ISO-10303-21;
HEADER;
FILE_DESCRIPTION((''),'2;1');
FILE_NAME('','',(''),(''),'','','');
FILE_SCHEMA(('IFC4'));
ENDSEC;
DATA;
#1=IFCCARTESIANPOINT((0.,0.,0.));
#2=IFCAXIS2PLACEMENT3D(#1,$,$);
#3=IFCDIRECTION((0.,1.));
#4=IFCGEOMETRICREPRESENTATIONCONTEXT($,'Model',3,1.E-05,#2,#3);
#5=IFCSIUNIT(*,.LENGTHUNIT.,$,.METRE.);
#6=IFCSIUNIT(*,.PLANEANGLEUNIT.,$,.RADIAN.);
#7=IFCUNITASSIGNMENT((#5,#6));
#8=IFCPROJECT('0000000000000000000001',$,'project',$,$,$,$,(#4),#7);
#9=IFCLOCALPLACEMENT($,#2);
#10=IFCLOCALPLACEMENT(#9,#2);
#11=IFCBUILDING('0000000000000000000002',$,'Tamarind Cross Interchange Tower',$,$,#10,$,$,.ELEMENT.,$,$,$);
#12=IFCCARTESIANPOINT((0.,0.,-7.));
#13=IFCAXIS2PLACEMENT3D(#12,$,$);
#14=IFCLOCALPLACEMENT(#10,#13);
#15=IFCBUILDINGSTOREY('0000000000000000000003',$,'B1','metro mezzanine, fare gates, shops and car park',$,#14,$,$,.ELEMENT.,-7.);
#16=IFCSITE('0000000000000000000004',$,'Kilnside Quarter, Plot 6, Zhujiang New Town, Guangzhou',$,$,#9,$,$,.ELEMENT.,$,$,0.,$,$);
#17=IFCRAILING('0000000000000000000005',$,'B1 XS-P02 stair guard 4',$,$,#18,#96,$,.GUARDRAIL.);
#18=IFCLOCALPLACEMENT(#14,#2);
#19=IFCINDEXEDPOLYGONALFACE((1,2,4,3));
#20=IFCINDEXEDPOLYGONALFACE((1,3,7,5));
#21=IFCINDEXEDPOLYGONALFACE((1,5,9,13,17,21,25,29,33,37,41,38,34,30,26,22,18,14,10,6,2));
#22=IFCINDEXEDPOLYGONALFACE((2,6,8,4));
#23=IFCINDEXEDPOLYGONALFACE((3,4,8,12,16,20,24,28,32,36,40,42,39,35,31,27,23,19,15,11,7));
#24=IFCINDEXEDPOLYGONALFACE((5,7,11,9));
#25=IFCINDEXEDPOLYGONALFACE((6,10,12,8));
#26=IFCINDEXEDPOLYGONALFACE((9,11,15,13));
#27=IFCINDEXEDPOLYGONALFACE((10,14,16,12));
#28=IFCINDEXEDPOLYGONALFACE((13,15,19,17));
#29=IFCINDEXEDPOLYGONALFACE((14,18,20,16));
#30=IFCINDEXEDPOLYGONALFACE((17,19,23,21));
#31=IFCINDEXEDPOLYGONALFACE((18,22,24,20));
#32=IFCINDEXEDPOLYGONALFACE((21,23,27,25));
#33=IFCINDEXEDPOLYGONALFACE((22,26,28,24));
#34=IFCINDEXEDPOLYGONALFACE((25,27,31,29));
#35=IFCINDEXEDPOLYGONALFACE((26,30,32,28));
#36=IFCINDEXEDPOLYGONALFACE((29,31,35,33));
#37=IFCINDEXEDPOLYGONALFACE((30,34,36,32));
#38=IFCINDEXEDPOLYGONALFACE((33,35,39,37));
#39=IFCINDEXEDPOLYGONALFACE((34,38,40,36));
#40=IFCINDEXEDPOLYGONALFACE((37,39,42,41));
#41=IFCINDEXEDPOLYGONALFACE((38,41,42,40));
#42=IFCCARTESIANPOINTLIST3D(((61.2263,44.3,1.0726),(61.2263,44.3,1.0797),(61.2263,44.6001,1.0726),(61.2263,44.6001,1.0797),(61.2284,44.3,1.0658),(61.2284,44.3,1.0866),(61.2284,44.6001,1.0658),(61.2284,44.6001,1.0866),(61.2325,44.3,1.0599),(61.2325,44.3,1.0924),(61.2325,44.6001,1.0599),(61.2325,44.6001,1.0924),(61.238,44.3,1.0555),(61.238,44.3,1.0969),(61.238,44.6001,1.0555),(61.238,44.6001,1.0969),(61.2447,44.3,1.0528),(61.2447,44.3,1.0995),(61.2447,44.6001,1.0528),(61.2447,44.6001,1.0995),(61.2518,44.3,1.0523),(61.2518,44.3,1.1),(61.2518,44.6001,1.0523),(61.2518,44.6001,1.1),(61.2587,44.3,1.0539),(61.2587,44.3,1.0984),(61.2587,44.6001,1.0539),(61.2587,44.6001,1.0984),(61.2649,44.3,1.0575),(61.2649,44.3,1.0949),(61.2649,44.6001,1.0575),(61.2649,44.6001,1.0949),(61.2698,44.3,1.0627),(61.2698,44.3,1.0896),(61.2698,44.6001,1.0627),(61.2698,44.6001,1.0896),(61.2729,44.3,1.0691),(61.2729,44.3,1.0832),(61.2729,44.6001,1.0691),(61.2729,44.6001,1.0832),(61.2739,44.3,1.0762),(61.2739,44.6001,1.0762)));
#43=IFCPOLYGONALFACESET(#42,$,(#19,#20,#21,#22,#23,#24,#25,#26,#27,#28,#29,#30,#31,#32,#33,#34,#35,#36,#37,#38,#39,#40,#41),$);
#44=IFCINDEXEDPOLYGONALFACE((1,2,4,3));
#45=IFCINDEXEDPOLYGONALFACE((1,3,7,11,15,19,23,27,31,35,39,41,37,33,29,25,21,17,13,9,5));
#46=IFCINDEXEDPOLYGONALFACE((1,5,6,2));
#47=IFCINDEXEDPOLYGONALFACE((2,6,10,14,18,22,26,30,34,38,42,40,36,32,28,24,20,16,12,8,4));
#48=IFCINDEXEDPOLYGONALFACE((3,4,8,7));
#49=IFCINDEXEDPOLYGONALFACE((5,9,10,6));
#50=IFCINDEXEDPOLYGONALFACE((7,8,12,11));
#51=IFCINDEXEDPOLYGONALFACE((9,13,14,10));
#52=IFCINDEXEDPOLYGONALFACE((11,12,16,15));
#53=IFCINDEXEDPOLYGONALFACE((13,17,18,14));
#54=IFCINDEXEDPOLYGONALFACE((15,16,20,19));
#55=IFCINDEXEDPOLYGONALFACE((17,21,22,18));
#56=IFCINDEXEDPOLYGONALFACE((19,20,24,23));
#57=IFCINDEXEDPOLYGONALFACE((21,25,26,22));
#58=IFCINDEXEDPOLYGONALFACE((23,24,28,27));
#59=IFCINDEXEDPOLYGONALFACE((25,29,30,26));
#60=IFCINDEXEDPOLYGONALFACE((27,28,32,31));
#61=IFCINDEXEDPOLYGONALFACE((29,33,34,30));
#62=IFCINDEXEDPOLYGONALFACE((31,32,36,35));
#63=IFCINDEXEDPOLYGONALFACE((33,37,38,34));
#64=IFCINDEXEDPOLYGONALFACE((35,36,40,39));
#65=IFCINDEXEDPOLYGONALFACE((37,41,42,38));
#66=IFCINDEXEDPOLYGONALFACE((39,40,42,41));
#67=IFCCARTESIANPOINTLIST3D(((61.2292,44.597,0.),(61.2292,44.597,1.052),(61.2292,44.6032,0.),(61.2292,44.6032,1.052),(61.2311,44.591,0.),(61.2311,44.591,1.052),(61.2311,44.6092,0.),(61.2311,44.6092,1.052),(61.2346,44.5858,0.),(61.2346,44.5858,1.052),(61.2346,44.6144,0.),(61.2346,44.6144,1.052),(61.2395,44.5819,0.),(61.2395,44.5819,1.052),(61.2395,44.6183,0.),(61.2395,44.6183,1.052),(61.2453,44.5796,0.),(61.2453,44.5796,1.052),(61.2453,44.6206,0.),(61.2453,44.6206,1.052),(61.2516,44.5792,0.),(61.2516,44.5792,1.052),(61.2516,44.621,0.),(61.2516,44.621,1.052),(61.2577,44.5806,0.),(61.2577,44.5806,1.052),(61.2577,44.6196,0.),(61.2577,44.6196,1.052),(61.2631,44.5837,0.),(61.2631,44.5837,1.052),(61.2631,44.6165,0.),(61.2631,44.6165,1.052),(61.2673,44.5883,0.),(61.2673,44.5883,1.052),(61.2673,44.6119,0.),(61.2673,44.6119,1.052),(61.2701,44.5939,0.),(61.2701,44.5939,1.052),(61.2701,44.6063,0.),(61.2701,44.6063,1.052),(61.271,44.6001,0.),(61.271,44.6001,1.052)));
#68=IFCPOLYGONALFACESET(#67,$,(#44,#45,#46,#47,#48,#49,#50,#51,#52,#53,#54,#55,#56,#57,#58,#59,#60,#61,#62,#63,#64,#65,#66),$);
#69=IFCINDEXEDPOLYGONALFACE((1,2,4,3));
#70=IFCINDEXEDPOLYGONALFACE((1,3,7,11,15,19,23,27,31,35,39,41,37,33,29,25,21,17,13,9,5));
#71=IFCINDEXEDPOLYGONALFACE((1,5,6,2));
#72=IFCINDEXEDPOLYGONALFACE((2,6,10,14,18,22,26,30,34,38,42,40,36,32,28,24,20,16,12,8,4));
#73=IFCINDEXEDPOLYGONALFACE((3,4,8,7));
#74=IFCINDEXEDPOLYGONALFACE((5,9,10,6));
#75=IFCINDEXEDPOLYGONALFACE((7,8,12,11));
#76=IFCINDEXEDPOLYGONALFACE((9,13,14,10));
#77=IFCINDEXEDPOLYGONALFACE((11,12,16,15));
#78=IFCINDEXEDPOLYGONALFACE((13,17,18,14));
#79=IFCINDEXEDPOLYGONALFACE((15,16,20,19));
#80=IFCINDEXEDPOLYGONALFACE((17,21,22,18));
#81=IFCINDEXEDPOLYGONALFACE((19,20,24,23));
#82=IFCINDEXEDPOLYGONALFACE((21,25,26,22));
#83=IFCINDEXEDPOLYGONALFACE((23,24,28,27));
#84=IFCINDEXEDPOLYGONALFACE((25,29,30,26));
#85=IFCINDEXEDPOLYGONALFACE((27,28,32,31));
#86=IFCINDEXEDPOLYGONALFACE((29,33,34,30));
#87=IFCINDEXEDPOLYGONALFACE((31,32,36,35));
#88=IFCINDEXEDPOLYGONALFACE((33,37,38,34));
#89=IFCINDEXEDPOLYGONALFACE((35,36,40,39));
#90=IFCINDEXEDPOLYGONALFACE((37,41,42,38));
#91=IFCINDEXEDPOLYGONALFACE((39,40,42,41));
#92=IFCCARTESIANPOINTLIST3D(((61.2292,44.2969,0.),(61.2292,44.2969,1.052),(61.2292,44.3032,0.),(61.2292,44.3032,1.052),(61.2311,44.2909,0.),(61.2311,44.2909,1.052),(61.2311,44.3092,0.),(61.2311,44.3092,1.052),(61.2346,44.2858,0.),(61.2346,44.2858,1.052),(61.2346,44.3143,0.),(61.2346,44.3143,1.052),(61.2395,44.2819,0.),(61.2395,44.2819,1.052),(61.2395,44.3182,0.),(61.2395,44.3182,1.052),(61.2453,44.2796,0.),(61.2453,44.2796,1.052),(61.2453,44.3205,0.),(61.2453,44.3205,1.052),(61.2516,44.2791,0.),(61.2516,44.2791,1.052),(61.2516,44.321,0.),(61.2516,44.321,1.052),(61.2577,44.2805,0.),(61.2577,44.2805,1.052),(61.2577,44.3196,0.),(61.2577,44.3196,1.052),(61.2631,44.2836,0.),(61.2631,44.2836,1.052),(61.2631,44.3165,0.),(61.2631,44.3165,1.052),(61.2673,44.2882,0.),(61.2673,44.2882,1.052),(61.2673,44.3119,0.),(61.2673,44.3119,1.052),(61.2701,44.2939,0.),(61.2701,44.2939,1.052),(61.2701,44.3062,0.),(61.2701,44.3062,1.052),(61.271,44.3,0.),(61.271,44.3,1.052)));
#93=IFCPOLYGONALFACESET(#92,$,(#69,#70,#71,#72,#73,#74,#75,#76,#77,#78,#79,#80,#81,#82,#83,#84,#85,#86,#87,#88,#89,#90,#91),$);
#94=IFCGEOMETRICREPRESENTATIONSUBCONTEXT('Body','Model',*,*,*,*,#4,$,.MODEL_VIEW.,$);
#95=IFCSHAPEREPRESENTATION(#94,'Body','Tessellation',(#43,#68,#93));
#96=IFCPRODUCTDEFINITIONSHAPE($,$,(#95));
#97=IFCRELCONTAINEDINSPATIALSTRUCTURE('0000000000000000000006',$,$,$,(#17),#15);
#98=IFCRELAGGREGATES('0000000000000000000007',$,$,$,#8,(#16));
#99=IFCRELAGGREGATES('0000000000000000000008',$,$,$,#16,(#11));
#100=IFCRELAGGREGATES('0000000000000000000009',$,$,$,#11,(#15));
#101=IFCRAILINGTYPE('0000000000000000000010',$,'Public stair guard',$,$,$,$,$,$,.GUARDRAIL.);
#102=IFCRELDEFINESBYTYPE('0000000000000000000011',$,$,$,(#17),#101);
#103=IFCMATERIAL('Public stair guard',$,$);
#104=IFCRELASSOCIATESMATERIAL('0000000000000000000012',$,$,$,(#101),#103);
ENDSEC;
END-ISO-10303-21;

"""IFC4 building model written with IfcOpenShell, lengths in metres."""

from ifc_helpers import new_model, si_unit, direction, frame, origin, origin_2d, place, context, subcontext, project, spatial, circle, extrude, material, type_object, element, save


model = new_model("IFC4")

# Units and contexts
model_context = context("Model", 3, precision=1e-05, world=origin(), true_north=direction((0.0, 1.0)))
body_context = subcontext(model_context, "Body", "Model", "MODEL_VIEW")
ifc_project = project(units=[si_unit("LENGTHUNIT", "METRE"), si_unit("PLANEANGLEUNIT", "RADIAN")], contexts=[model_context])

# Site, building, storey
site_placement = place(None, origin())
site = spatial("IfcSite", under=ifc_project, at=site_placement, Name="Kilnside Quarter, Plot 6, Zhujiang New Town, Guangzhou", CompositionType="ELEMENT", RefElevation=0.0)
building_placement = place(site_placement, origin())
building = spatial("IfcBuilding", under=site, at=building_placement, Name="Tamarind Cross Interchange Tower", CompositionType="ELEMENT")
storey_placement = place(building_placement, frame((0.0, 0.0, -7.0)))
storey = spatial("IfcBuildingStorey", under=building, at=storey_placement, Name="B1", Description="metro mezzanine, fare gates, shops and car park", CompositionType="ELEMENT", Elevation=-7.0)

# Railing
ifc_material_1 = material(Name="Public stair guard")
railing_type_1 = type_object("IfcRailingType", Name="Public stair guard", PredefinedType="GUARDRAIL", material=ifc_material_1)
railing_1_placement = place(storey_placement, frame((61.25, 44.6001, 0.0)))
element("IfcRailing", 1, at=railing_1_placement, inside=storey, type_object=railing_type_1, Name="B1 XS-P02 stair guard 4", PredefinedType="GUARDRAIL", context=body_context, shape_type="SweptSolid", body=[
    extrude(circle(Radius=0.0239, at=origin_2d()), frame((0.0, 0.0, 1.0762), z_axis=(0.0, -1.0, 0.0), x_axis=(1.0, 0.0, 0.0)), (0.0, 0.0, 1.0), 0.3),
    extrude(circle(Radius=0.021, at=origin_2d()), origin(), (0.0, 0.0, 1.0), 1.052),
    extrude(circle(Radius=0.021, at=origin_2d()), frame((0.0, -0.3, 0.0)), (0.0, 0.0, 1.0), 1.052),
])

save(model, "model.ifc")
